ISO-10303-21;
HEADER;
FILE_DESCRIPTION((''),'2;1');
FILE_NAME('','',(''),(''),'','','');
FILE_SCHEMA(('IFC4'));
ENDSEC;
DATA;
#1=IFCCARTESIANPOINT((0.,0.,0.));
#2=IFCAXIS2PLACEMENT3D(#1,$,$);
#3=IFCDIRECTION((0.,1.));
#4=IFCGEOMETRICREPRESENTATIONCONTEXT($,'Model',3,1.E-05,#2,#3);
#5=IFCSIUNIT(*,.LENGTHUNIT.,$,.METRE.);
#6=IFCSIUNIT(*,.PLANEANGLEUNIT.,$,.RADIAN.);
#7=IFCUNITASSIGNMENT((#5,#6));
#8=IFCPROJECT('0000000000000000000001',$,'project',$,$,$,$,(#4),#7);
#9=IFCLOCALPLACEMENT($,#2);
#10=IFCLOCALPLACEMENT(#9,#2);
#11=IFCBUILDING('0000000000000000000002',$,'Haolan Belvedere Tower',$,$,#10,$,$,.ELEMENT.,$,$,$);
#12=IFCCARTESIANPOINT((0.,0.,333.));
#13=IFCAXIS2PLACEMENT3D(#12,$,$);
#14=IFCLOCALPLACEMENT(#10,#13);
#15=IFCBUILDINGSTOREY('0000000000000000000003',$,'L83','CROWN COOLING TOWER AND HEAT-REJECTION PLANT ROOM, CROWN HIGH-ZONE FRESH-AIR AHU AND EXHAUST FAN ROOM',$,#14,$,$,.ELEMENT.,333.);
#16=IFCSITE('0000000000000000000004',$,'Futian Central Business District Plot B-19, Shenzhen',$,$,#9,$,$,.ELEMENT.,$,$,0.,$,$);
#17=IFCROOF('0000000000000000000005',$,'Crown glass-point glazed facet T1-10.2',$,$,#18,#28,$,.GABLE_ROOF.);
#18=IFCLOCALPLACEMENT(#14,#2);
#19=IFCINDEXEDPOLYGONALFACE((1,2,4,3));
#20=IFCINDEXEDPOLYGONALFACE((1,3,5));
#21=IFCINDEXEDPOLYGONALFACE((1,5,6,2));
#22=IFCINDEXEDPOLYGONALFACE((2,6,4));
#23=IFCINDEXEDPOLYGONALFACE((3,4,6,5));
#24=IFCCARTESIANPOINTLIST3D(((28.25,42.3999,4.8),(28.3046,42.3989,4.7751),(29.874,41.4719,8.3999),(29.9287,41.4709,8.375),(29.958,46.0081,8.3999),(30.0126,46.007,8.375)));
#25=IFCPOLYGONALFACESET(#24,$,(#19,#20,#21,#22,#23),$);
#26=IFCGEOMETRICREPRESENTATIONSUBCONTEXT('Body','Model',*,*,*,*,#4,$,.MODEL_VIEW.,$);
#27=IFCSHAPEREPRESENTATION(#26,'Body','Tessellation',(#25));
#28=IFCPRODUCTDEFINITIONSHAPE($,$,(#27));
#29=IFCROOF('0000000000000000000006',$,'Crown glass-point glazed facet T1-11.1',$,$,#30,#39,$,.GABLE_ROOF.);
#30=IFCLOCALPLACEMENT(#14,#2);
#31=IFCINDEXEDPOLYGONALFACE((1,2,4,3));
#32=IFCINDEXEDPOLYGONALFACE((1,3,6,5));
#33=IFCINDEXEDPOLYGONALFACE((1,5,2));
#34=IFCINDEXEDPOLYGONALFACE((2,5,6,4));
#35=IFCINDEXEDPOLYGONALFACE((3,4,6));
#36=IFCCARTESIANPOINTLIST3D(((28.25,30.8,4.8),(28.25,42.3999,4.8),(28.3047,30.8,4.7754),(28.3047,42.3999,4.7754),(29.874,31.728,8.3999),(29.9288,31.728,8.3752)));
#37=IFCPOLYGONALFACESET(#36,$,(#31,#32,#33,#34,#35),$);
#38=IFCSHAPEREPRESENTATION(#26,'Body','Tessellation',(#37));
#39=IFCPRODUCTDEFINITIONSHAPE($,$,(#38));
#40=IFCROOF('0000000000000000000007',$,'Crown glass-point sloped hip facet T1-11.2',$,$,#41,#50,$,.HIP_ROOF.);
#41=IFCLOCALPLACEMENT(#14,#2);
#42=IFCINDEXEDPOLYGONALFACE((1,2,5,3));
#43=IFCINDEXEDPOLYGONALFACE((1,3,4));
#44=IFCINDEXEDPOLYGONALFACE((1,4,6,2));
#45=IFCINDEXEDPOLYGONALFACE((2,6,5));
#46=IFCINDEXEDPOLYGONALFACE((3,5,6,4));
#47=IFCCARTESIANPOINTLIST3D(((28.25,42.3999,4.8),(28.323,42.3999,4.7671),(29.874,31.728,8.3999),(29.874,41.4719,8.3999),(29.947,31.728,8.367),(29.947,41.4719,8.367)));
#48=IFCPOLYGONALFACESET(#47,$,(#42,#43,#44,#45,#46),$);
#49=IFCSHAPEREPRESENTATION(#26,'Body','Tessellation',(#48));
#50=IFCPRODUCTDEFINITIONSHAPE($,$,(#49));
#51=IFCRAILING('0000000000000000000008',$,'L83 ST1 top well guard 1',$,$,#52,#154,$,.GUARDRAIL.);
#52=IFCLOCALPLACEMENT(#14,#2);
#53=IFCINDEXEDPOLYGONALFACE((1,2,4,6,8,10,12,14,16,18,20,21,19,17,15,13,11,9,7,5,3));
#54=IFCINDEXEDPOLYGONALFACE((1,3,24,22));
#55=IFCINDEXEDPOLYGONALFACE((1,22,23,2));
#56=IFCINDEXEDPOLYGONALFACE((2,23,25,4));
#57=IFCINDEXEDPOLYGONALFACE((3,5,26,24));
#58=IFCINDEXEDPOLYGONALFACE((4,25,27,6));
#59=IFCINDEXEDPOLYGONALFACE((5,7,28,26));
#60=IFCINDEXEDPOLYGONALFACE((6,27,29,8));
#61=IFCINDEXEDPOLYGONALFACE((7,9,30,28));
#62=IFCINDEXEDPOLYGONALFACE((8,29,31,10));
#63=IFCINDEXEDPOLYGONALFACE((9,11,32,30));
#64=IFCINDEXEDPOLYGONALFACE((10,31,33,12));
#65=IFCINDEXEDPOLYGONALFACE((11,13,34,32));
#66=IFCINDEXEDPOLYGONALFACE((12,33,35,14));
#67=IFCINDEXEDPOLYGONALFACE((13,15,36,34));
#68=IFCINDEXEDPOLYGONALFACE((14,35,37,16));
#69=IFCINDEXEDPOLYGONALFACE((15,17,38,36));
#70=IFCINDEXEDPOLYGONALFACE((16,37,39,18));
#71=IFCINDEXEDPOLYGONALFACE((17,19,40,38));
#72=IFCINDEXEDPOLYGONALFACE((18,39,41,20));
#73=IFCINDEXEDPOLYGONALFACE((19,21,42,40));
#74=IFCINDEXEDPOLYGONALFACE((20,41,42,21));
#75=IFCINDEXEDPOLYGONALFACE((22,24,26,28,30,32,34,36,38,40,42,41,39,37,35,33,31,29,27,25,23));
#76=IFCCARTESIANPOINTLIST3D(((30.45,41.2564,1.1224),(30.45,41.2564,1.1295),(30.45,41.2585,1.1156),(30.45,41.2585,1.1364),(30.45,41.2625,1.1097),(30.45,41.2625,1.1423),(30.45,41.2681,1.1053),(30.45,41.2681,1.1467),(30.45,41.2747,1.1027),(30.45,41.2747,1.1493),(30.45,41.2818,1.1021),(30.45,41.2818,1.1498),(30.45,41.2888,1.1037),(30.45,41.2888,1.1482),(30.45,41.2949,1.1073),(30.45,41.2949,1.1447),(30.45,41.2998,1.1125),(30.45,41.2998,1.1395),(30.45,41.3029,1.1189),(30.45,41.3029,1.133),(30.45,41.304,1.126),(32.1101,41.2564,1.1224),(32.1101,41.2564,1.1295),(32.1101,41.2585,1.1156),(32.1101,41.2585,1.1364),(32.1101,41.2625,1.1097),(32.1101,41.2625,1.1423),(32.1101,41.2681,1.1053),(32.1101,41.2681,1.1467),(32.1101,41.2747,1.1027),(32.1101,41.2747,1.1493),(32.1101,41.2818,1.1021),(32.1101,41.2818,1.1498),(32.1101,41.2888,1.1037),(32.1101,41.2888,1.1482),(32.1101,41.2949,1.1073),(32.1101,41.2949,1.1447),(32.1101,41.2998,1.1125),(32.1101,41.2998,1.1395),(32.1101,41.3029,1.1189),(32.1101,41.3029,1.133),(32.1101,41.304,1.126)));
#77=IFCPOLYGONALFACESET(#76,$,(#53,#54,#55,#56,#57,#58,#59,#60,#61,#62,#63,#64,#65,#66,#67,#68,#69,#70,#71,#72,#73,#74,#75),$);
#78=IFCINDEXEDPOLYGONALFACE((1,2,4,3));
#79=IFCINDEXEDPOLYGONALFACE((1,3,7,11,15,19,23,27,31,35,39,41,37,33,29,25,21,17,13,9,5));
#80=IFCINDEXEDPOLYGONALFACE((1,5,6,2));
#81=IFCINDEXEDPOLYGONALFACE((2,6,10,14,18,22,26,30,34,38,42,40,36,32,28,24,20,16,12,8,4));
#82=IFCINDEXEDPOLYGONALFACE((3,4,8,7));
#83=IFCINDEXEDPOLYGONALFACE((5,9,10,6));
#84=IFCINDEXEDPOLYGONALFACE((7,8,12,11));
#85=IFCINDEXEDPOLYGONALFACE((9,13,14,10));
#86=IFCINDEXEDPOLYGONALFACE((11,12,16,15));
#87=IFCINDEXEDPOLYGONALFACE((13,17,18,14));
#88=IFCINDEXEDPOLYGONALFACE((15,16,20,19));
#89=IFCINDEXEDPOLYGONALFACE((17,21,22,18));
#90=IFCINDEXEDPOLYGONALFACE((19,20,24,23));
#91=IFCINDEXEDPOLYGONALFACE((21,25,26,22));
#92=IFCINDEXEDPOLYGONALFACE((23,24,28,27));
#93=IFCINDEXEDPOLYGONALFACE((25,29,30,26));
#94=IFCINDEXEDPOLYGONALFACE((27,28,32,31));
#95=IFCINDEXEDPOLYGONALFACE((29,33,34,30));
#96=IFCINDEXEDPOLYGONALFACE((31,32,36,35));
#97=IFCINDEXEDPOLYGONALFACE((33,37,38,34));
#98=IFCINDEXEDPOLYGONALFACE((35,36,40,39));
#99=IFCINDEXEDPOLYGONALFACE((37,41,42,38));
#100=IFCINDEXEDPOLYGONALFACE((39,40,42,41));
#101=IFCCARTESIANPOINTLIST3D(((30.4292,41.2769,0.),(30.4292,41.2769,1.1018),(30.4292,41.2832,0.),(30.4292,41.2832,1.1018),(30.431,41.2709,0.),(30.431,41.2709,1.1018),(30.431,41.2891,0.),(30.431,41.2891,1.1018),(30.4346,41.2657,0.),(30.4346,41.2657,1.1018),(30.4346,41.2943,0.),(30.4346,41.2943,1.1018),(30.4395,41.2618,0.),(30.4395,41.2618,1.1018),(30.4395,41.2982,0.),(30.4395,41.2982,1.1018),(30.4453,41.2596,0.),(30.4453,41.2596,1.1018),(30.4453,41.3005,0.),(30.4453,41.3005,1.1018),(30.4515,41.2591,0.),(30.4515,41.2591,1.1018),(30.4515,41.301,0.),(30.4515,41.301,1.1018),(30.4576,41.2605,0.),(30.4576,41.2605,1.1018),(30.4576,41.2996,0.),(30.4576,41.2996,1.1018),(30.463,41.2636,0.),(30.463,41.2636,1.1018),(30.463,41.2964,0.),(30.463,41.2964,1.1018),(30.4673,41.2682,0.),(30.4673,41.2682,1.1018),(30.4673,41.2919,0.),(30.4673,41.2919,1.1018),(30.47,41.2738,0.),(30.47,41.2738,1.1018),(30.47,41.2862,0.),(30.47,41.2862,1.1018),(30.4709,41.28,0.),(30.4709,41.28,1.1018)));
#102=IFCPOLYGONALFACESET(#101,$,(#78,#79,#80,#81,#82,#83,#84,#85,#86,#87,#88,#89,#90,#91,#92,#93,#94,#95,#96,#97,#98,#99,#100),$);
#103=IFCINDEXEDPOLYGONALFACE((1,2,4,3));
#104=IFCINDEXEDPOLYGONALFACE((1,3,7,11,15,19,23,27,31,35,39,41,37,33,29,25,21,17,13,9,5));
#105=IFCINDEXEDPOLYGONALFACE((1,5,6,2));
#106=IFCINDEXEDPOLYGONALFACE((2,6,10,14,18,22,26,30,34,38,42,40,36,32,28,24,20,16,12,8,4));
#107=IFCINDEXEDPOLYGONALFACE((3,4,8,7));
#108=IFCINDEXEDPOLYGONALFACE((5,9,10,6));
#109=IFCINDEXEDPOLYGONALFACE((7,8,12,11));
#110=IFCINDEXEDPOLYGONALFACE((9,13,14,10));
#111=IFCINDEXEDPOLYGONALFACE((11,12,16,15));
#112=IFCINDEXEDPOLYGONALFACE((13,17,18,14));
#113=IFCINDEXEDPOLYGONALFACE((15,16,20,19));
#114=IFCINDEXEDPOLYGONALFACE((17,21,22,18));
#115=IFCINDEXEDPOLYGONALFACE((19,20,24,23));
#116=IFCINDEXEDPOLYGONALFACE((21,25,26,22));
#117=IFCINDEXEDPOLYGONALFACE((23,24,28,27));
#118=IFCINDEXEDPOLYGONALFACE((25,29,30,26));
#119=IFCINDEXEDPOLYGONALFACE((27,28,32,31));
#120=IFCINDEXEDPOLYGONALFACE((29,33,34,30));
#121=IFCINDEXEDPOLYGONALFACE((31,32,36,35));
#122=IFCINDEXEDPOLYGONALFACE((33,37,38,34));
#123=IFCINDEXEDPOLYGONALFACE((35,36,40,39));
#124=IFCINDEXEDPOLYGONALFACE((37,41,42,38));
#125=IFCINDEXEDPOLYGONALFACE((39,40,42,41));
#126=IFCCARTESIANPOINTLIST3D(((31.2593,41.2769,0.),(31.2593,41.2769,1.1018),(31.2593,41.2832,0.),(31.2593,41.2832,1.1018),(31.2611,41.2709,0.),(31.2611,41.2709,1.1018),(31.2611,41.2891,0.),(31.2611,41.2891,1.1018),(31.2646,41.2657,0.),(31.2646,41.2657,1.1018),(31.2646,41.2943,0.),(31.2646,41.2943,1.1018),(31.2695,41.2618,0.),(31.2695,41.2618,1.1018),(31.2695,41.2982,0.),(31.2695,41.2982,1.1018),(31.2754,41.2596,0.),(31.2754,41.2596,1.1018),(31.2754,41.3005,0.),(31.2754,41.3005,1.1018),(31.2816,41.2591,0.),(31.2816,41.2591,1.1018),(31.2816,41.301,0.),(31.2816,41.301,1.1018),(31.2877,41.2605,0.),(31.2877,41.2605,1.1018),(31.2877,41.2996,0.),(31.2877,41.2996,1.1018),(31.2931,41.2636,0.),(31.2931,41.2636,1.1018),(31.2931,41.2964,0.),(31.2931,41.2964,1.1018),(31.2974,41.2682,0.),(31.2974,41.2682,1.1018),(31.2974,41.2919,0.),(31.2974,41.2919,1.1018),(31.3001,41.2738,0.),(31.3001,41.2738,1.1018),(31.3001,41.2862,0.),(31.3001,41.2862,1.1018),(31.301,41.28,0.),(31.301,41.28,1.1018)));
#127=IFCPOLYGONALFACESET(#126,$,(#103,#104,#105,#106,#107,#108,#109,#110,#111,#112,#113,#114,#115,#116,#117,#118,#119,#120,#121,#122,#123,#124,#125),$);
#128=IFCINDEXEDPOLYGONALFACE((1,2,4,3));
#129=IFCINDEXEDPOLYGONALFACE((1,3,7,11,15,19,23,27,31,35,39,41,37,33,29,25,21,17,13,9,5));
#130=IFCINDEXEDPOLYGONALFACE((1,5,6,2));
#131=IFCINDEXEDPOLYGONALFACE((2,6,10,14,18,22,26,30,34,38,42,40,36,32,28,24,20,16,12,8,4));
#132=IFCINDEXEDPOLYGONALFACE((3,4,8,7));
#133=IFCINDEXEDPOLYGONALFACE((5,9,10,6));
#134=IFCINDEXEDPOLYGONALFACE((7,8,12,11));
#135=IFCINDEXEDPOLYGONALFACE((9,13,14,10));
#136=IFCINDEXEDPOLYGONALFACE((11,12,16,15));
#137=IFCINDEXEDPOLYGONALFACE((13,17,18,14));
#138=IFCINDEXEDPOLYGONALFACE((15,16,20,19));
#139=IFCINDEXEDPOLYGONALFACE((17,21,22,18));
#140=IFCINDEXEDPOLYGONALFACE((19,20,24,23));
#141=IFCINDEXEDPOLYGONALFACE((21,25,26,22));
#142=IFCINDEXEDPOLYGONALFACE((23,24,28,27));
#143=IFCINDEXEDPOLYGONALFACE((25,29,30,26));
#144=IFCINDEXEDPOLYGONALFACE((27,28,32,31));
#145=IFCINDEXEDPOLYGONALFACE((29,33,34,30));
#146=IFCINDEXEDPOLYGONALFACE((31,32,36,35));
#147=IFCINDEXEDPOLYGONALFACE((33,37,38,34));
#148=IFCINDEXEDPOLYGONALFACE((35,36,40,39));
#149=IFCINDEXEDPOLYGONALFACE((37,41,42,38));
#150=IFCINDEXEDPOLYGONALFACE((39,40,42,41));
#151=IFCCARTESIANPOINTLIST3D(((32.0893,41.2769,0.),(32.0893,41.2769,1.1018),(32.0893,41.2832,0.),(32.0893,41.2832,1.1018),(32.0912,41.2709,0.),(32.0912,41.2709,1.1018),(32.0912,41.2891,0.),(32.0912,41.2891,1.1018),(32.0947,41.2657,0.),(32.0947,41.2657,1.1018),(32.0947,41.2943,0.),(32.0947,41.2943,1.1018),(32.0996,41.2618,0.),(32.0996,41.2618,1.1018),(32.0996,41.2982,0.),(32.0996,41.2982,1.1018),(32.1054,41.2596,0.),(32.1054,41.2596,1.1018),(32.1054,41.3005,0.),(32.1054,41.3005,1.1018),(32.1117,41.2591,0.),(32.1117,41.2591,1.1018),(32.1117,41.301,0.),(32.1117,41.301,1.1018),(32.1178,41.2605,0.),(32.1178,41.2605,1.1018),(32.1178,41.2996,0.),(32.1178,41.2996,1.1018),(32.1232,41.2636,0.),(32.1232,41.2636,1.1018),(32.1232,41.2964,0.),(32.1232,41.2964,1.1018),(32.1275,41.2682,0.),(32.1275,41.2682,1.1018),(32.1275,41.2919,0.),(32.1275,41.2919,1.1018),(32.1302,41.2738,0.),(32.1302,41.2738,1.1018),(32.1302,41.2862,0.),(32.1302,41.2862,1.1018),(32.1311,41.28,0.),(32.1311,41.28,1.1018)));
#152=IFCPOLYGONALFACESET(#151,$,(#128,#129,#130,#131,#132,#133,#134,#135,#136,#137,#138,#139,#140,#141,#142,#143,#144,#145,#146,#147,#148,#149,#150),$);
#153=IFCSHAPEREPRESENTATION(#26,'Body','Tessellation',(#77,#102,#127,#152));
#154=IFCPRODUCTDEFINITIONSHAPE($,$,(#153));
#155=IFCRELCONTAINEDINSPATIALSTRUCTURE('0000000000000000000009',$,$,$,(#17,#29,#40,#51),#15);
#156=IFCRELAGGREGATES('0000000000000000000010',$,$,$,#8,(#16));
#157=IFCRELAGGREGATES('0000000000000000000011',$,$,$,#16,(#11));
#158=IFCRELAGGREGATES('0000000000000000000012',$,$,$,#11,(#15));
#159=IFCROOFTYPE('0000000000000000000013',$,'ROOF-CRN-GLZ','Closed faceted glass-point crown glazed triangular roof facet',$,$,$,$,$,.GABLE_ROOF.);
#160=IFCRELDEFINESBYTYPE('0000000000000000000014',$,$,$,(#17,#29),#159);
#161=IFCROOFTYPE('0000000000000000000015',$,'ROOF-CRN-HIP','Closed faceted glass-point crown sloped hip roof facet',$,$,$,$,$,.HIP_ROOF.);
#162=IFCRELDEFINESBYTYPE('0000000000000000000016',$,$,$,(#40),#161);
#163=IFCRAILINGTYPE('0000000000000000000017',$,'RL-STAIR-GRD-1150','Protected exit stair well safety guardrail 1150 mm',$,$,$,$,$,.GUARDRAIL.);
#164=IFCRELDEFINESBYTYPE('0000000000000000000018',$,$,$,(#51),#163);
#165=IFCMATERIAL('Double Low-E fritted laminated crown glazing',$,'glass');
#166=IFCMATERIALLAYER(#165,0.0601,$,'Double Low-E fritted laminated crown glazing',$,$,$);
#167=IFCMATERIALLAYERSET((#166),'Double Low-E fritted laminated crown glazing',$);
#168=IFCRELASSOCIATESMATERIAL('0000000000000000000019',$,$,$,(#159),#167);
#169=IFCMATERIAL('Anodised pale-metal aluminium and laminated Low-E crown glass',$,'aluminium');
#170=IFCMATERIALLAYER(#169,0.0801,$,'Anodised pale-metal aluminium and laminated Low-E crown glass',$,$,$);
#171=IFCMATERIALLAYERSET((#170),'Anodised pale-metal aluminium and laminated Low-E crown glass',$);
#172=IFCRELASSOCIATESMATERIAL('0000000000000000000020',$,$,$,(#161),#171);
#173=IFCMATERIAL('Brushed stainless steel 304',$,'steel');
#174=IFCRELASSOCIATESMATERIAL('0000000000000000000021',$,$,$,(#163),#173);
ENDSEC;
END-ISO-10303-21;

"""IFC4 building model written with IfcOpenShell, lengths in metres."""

from ifc_helpers import new_model, si_unit, direction, frame, origin, origin_2d, place, context, subcontext, project, spatial, polyline, circle, outline, extrude, material, layer, layer_set, type_object, element, save


model = new_model("IFC4")

# Units and contexts
model_context = context("Model", 3, precision=1e-05, world=origin(), true_north=direction((0.0, 1.0)))
body_context = subcontext(model_context, "Body", "Model", "MODEL_VIEW")
ifc_project = project(units=[si_unit("LENGTHUNIT", "METRE"), si_unit("PLANEANGLEUNIT", "RADIAN")], contexts=[model_context])

# Site, building, storey
site_placement = place(None, origin())
site = spatial("IfcSite", under=ifc_project, at=site_placement, Name="Futian Central Business District Plot B-19, Shenzhen", CompositionType="ELEMENT", RefElevation=0.0)
building_placement = place(site_placement, origin())
building = spatial("IfcBuilding", under=site, at=building_placement, Name="Haolan Belvedere Tower", CompositionType="ELEMENT")
storey_placement = place(building_placement, frame((0.0, 0.0, 333.0)))
storey = spatial("IfcBuildingStorey", under=building, at=storey_placement, Name="L83", Description="CROWN COOLING TOWER AND HEAT-REJECTION PLANT ROOM, CROWN HIGH-ZONE FRESH-AIR AHU AND EXHAUST FAN ROOM", CompositionType="ELEMENT", Elevation=333.0)

# Roofs
ifc_material_1 = material(Name="Double Low-E fritted laminated crown glazing", Category="glass")
ifc_layer_1 = layer(ifc_material_1, 0.0601, Name="Double Low-E fritted laminated crown glazing")
ifc_layer_set_1 = layer_set([ifc_layer_1], Name="Double Low-E fritted laminated crown glazing")
roof_type_1 = type_object("IfcRoofType", Name="ROOF-CRN-GLZ", Description="Closed faceted glass-point crown glazed triangular roof facet", PredefinedType="GABLE_ROOF", material=ifc_layer_set_1)
roof_1_placement = place(storey_placement, frame((28.25, 42.3999, 4.8), z_axis=(-0.90977, 0.016844, 0.414772), x_axis=(0.400322, -0.228747, 0.887365)))
element("IfcRoof", 1, at=roof_1_placement, inside=storey, type_object=roof_type_1, Name="Crown glass-point glazed facet T1-10.2", PredefinedType="GABLE_ROOF", context=body_context, shape_type="SweptSolid", body=[
    extrude(outline(polyline([(0.0, 0.0), (4.0568, 0.0), (3.0528, 4.4244), (0.0, 0.0)])), origin(), (0.0, 0.0, -1.0), 0.0601),
])
roof_2_placement = place(storey_placement, frame((28.25, 42.3999, 4.8), z_axis=(-0.911534, 0.0, 0.411226), x_axis=(0.0, -1.0, 0.0)))
element("IfcRoof", 2, at=roof_2_placement, inside=storey, type_object=roof_type_1, Name="Crown glass-point glazed facet T1-11.1", PredefinedType="GABLE_ROOF", context=body_context, shape_type="SweptSolid", body=[
    extrude(outline(polyline([(0.0, 0.0), (11.5999, 0.0), (10.6719, 3.9492), (0.0, 0.0)])), origin(), (0.0, 0.0, -1.0), 0.0601),
])
ifc_material_2 = material(Name="Anodised pale-metal aluminium and laminated Low-E crown glass", Category="aluminium")
ifc_layer_2 = layer(ifc_material_2, 0.0801, Name="Anodised pale-metal aluminium and laminated Low-E crown glass")
ifc_layer_set_2 = layer_set([ifc_layer_2], Name="Anodised pale-metal aluminium and laminated Low-E crown glass")
roof_type_2 = type_object("IfcRoofType", Name="ROOF-CRN-HIP", Description="Closed faceted glass-point crown sloped hip roof facet", PredefinedType="HIP_ROOF", material=ifc_layer_set_2)
roof_3_placement = place(storey_placement, frame((28.25, 42.3999, 4.8), z_axis=(-0.911534, 0.0, 0.411226), x_axis=(0.142719, -0.937844, 0.316355)))
element("IfcRoof", 3, at=roof_3_placement, inside=storey, type_object=roof_type_2, Name="Crown glass-point sloped hip facet T1-11.2", PredefinedType="HIP_ROOF", context=body_context, shape_type="SweptSolid", body=[
    extrude(outline(polyline([(0.0, 0.0), (11.3792, 0.0), (2.2409, 3.3817), (0.0, 0.0)])), origin(), (0.0, 0.0, -1.0), 0.0801),
])

# Railing
ifc_material_3 = material(Name="Brushed stainless steel 304", Category="steel")
railing_type = type_object("IfcRailingType", Name="RL-STAIR-GRD-1150", Description="Protected exit stair well safety guardrail 1150 mm", PredefinedType="GUARDRAIL", material=ifc_material_3)
railing_1_placement = place(storey_placement, frame((30.45, 41.28, 0.0)))
element("IfcRailing", 4, at=railing_1_placement, inside=storey, type_object=railing_type, Name="L83 ST1 top well guard 1", PredefinedType="GUARDRAIL", context=body_context, shape_type="SweptSolid", body=[
    extrude(circle(Radius=0.0239, at=origin_2d()), frame((0.0, 0.0, 1.126), z_axis=(1.0, 0.0, 0.0), x_axis=(0.0, 1.0, 0.0)), (0.0, 0.0, 1.0), 1.6602),
    extrude(circle(Radius=0.021, at=origin_2d()), origin(), (0.0, 0.0, 1.0), 1.1018),
    extrude(circle(Radius=0.021, at=origin_2d()), frame((0.8301, 0.0, 0.0)), (0.0, 0.0, 1.0), 1.1018),
    extrude(circle(Radius=0.021, at=origin_2d()), frame((1.6602, 0.0, 0.0)), (0.0, 0.0, 1.0), 1.1018),
])

save(model, "model.ifc")
